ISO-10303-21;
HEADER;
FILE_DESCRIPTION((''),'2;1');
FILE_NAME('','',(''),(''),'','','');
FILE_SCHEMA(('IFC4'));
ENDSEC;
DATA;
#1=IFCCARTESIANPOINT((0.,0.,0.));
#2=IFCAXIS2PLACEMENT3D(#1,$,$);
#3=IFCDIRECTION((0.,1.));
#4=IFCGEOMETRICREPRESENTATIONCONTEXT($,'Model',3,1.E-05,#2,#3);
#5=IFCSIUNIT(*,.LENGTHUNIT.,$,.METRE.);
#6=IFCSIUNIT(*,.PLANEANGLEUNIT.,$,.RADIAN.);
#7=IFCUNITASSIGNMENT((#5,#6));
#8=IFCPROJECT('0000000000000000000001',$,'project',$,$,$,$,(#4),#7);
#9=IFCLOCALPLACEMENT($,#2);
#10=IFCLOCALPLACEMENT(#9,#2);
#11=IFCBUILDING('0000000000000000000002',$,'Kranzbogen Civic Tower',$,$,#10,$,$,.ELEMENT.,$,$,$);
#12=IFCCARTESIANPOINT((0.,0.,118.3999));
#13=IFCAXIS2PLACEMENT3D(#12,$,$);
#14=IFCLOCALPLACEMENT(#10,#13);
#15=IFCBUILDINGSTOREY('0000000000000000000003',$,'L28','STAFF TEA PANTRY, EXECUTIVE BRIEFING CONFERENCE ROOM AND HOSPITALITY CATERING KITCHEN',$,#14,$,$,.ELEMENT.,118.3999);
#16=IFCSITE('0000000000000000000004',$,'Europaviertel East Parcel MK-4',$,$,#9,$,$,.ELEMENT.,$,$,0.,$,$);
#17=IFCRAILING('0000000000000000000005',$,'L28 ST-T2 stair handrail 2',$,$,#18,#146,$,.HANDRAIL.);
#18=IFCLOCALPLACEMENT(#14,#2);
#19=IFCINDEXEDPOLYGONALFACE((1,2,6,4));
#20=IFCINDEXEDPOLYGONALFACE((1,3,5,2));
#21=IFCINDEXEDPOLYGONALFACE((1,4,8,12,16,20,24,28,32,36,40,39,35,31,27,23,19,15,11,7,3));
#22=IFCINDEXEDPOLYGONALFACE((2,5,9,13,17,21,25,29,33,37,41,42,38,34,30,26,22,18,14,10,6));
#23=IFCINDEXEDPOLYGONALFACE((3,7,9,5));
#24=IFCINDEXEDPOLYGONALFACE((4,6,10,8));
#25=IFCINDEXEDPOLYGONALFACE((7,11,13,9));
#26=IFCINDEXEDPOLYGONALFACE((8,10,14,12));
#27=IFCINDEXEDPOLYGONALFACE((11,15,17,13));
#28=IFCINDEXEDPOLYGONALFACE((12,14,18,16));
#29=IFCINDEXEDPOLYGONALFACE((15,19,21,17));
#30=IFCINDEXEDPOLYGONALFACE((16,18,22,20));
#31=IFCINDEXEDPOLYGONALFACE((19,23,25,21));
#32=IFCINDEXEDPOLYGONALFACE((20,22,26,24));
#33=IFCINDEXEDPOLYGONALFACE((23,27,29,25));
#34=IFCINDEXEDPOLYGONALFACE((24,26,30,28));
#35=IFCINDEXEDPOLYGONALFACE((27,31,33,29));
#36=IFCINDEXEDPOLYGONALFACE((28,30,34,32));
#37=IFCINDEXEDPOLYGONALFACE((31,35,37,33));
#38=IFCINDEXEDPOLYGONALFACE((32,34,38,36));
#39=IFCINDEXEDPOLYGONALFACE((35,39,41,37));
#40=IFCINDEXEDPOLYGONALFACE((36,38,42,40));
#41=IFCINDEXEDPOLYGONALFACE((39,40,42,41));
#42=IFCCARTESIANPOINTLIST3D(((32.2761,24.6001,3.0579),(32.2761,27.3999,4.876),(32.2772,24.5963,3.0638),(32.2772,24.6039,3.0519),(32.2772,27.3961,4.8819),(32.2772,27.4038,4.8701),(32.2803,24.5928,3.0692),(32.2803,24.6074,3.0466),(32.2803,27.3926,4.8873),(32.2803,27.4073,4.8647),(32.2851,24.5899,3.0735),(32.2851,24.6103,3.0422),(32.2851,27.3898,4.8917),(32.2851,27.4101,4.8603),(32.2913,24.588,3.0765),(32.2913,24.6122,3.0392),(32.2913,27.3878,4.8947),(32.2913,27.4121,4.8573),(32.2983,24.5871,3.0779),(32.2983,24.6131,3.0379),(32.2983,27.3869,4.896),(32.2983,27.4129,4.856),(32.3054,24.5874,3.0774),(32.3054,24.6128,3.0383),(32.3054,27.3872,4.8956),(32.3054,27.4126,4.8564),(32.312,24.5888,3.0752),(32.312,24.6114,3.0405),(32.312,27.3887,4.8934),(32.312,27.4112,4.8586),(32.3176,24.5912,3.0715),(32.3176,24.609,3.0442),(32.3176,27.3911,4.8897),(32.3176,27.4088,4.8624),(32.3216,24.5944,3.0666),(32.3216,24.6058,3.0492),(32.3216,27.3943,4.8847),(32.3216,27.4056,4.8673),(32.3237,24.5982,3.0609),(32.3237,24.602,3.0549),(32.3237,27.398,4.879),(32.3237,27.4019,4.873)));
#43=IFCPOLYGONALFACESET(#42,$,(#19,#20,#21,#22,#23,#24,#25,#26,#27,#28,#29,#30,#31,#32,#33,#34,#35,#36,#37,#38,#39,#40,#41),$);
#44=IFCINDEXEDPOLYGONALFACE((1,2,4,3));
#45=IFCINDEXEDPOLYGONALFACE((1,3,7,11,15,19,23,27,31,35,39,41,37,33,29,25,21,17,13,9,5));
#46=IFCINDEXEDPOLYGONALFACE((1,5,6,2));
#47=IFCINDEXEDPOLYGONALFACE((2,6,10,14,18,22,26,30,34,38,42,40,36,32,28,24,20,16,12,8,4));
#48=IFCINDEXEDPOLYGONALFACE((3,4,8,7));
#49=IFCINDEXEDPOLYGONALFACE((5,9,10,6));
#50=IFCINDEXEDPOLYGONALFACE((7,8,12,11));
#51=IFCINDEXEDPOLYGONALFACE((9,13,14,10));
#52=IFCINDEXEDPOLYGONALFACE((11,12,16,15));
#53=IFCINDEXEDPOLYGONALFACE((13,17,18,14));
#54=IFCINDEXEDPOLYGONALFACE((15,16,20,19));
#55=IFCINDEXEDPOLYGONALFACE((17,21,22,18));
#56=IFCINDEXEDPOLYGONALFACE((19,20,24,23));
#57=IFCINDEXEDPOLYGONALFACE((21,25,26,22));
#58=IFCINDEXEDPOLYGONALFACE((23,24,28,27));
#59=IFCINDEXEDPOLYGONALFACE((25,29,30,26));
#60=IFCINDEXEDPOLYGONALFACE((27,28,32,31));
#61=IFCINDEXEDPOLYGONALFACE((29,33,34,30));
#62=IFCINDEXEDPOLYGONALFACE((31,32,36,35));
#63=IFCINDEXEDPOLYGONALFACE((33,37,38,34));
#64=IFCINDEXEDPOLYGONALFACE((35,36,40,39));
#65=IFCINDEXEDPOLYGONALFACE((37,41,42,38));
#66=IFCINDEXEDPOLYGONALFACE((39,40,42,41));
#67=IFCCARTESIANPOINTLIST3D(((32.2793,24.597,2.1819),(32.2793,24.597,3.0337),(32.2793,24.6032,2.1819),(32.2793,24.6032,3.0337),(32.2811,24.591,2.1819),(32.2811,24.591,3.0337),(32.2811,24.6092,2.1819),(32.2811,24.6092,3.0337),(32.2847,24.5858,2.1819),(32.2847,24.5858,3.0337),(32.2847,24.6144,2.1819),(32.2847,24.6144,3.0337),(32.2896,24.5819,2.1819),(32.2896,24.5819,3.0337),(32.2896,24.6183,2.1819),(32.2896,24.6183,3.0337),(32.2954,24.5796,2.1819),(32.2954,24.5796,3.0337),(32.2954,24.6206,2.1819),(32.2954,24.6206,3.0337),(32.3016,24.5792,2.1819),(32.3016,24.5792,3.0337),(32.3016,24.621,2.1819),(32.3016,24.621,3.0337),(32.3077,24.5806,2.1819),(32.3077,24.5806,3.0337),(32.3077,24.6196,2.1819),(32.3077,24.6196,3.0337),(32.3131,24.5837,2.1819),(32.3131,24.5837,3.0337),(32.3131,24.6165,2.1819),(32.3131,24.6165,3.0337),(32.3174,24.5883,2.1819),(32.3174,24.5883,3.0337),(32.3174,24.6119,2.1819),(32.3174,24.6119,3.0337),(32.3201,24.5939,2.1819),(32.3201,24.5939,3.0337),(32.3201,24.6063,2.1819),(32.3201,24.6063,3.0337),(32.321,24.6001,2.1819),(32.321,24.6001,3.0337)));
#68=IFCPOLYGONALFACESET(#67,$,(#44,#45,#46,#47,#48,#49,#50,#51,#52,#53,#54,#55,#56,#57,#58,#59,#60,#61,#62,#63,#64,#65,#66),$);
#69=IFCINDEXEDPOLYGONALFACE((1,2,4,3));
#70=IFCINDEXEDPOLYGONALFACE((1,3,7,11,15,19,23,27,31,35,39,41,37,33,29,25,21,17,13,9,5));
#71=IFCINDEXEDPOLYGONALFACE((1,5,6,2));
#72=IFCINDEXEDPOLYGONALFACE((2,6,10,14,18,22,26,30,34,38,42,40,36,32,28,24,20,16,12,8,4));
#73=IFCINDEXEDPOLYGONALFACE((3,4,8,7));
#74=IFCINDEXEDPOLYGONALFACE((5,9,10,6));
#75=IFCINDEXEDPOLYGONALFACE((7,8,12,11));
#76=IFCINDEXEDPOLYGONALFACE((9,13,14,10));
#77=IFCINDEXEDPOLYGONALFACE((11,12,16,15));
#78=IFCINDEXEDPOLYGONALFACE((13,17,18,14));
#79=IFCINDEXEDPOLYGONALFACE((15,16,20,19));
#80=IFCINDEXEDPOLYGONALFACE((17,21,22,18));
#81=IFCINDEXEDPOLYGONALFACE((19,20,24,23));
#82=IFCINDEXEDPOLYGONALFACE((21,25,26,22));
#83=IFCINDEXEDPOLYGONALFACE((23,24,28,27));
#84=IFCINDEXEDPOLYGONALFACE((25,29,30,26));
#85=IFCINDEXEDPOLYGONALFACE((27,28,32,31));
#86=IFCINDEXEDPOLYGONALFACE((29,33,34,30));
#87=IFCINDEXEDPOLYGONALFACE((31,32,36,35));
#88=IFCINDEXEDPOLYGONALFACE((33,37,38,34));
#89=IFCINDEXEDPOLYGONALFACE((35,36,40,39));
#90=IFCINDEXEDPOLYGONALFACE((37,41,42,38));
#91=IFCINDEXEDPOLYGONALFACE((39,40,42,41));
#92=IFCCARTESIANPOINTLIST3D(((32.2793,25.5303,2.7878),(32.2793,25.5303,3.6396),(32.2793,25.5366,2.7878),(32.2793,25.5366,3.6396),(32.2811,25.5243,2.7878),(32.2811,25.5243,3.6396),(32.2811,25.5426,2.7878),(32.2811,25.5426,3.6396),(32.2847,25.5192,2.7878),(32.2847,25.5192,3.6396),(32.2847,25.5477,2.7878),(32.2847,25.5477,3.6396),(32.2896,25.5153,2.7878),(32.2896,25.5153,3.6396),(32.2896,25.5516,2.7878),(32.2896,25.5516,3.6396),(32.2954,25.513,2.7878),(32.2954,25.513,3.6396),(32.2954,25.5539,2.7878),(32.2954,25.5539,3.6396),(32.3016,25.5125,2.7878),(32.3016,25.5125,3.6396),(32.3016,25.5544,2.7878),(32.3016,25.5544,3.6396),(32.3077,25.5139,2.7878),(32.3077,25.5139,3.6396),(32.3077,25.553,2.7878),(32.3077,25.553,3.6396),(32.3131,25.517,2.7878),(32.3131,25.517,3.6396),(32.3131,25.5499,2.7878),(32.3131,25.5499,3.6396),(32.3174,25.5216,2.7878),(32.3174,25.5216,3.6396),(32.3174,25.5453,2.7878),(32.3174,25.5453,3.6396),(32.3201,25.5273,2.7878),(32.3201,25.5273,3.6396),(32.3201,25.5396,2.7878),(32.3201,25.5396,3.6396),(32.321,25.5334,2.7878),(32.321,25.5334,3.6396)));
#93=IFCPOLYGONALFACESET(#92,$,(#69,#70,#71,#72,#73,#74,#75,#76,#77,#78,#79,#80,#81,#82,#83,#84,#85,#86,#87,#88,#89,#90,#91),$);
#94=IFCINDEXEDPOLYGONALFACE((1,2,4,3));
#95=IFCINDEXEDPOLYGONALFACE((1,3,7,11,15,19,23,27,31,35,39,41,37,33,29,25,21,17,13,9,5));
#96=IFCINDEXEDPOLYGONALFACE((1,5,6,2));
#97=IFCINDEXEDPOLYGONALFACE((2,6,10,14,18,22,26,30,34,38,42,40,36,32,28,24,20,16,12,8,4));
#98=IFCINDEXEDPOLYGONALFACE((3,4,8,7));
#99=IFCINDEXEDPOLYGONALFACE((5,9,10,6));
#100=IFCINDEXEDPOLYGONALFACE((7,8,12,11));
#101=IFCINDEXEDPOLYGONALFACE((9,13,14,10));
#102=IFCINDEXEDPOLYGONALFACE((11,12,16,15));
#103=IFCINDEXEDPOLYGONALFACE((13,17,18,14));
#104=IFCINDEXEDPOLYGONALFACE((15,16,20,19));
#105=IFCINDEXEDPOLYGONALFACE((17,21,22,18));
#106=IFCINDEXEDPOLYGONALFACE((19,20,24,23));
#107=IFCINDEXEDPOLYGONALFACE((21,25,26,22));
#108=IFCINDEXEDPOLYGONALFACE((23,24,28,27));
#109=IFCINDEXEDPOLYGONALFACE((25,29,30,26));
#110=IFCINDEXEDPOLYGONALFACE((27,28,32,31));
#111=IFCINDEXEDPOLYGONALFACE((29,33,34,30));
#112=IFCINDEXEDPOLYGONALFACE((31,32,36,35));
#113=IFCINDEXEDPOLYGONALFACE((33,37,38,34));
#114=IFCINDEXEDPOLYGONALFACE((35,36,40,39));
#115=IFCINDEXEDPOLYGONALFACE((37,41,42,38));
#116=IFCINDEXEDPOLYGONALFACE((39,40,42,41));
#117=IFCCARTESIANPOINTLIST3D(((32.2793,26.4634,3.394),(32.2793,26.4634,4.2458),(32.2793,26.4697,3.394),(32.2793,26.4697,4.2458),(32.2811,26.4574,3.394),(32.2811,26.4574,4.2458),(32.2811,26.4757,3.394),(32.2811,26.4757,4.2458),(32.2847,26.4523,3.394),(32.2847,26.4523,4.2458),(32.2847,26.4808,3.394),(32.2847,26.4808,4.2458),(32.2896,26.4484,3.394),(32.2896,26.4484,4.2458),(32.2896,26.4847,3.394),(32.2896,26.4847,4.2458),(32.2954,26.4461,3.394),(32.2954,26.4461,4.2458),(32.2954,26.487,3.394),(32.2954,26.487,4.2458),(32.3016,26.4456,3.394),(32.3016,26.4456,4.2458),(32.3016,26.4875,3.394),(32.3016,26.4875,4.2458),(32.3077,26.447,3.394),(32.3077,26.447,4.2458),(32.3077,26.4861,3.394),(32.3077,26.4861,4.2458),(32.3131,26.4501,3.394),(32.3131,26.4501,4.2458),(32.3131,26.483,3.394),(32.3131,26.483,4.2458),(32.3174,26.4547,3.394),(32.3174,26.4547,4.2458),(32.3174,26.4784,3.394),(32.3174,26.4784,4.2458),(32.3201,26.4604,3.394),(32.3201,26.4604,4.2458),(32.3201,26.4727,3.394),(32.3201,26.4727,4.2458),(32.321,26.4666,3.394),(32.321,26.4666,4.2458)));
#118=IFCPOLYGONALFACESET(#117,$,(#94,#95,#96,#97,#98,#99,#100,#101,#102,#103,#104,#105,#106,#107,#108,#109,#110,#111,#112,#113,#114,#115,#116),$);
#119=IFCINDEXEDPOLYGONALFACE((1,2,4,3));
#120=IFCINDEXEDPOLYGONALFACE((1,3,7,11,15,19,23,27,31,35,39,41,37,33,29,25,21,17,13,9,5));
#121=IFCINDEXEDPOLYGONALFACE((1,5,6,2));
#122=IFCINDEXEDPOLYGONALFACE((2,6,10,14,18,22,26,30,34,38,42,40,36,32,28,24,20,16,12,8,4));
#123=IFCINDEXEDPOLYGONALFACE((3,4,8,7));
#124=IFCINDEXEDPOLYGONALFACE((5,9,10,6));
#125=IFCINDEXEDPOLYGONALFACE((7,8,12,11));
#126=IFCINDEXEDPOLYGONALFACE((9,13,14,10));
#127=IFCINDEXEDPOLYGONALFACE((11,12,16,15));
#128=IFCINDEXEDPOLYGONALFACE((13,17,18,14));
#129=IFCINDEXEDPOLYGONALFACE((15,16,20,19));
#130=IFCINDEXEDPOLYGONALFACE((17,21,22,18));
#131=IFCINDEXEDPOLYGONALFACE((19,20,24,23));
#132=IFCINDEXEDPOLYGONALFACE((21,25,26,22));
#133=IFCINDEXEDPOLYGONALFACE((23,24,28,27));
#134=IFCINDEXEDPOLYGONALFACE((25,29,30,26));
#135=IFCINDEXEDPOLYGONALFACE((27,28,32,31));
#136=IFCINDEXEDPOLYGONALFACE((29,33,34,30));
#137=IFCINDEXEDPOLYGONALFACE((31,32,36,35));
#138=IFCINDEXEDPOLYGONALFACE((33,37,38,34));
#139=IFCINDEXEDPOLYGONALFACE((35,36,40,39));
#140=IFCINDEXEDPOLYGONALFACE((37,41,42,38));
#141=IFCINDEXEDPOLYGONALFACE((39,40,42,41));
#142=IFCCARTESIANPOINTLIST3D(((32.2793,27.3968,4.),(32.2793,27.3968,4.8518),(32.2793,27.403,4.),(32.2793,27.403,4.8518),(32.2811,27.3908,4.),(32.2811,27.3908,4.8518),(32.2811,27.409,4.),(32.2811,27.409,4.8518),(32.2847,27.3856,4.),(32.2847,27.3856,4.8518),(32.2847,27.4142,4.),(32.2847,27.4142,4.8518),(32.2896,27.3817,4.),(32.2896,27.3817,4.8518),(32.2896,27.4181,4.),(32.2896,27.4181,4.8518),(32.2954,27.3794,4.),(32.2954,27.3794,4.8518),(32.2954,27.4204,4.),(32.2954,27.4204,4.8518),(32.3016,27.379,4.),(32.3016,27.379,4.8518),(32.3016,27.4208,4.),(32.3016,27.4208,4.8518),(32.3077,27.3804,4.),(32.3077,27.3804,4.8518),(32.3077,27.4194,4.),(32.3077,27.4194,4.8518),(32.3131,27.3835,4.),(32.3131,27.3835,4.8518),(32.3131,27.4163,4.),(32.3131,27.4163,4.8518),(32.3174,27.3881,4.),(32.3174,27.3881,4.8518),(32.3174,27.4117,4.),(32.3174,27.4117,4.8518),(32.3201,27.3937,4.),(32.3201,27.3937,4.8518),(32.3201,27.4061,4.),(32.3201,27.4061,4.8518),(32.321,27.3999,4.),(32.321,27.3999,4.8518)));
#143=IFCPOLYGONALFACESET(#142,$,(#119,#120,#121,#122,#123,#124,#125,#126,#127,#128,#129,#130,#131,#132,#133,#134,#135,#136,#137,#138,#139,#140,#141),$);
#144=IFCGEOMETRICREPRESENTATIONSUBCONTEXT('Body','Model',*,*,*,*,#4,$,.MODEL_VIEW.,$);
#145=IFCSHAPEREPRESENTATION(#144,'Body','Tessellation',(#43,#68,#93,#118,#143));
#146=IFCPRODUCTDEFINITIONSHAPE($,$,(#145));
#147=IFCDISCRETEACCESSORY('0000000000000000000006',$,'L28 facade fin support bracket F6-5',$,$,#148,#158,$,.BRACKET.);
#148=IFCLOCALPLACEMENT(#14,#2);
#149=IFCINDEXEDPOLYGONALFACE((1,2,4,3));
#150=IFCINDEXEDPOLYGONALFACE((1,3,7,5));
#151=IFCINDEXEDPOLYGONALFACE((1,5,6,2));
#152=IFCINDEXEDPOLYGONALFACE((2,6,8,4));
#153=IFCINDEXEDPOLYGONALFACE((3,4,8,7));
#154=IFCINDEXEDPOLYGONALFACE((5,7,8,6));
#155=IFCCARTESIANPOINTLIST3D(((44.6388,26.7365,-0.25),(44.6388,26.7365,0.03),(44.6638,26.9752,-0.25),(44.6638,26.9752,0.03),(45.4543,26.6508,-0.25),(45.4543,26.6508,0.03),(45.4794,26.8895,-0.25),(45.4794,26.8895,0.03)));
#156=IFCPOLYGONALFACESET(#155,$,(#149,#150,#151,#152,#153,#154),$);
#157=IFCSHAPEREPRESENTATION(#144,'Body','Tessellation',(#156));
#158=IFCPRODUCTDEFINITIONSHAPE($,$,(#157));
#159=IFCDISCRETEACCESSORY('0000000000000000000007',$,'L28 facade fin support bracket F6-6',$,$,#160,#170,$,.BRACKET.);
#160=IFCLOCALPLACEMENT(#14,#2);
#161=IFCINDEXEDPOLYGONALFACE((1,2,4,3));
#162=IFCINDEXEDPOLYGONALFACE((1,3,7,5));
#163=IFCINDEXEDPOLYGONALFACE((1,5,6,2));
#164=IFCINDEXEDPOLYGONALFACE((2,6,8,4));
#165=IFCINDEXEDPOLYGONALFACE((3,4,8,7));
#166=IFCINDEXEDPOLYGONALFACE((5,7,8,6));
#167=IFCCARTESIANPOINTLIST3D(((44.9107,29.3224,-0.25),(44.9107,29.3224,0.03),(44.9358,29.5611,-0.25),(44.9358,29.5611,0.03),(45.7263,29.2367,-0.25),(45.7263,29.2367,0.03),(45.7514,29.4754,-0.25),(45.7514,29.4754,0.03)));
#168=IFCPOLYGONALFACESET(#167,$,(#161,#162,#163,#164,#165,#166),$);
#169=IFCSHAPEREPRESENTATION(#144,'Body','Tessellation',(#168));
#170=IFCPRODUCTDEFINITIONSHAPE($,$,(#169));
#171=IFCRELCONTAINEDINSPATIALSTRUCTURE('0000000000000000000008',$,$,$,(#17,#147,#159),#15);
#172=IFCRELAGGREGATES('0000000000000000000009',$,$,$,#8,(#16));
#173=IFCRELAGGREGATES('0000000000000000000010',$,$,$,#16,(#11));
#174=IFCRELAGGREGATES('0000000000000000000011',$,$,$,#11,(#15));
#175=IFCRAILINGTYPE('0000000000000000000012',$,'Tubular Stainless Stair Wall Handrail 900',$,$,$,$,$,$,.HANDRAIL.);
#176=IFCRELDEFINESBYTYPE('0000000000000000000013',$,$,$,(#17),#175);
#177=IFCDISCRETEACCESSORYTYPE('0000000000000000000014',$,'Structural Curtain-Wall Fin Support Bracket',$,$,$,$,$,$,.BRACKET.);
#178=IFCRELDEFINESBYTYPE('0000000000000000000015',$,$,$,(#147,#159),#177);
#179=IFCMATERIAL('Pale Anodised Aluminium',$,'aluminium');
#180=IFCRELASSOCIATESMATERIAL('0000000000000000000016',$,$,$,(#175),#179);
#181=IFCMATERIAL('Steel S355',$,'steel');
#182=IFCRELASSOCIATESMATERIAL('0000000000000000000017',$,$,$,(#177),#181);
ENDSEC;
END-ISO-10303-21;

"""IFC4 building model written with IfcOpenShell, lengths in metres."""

from ifc_helpers import new_model, si_unit, direction, frame, origin, origin_2d, place, context, subcontext, project, spatial, rectangle, circle, extrude, material, type_object, element, save


model = new_model("IFC4")

# Units and contexts
model_context = context("Model", 3, precision=1e-05, world=origin(), true_north=direction((0.0, 1.0)))
body_context = subcontext(model_context, "Body", "Model", "MODEL_VIEW")
ifc_project = project(units=[si_unit("LENGTHUNIT", "METRE"), si_unit("PLANEANGLEUNIT", "RADIAN")], contexts=[model_context])

# Site, building, storey
site_placement = place(None, origin())
site = spatial("IfcSite", under=ifc_project, at=site_placement, Name="Europaviertel East Parcel MK-4", CompositionType="ELEMENT", RefElevation=0.0)
building_placement = place(site_placement, origin())
building = spatial("IfcBuilding", under=site, at=building_placement, Name="Kranzbogen Civic Tower", CompositionType="ELEMENT")
storey_placement = place(building_placement, frame((0.0, 0.0, 118.3999)))
storey = spatial("IfcBuildingStorey", under=building, at=storey_placement, Name="L28", Description="STAFF TEA PANTRY, EXECUTIVE BRIEFING CONFERENCE ROOM AND HOSPITALITY CATERING KITCHEN", CompositionType="ELEMENT", Elevation=118.3999)

# Shared definitions
ifc_material_1 = material(Name="Pale Anodised Aluminium", Category="aluminium")

# Shared definitions
ifc_material_2 = material(Name="Steel S355", Category="steel")

# Railing
railing_type_1 = type_object("IfcRailingType", Name="Tubular Stainless Stair Wall Handrail 900", PredefinedType="HANDRAIL", material=ifc_material_1)
railing_1_placement = place(storey_placement, frame((32.3, 24.6001, 2.1819)))
element("IfcRailing", 1, at=railing_1_placement, inside=storey, type_object=railing_type_1, Name="L28 ST-T2 stair handrail 2", PredefinedType="HANDRAIL", context=body_context, shape_type="SweptSolid", body=[
    extrude(circle(Radius=0.0239, at=origin_2d()), frame((0.0, 0.0, 0.876), z_axis=(0.0, 0.838684, 0.544618), x_axis=(-1.0, 0.0, 0.0)), (0.0, 0.0, 1.0), 3.3384),
    extrude(circle(Radius=0.021, at=origin_2d()), origin(), (0.0, 0.0, 1.0), 0.8518),
    extrude(circle(Radius=0.021, at=origin_2d()), frame((0.0, 0.9333, 0.606)), (0.0, 0.0, 1.0), 0.8518),
    extrude(circle(Radius=0.021, at=origin_2d()), frame((0.0, 1.8665, 1.2122)), (0.0, 0.0, 1.0), 0.8518),
    extrude(circle(Radius=0.021, at=origin_2d()), frame((0.0, 2.7998, 1.8181)), (0.0, 0.0, 1.0), 0.8518),
])

# Discrete accessories
discrete_accessory_type = type_object("IfcDiscreteAccessoryType", Name="Structural Curtain-Wall Fin Support Bracket", PredefinedType="BRACKET", material=ifc_material_2)
for number, where, z_axis, x_axis, name in (
    (2, (45.0591, 26.813, -0.25), (0.0, 0.0, 1.0), (0.994522, -0.104528, 0.0), "L28 facade fin support bracket F6-5"),
    (3, (45.3311, 29.3989, -0.25), (0.0, 0.0, 1.0), (0.994522, -0.104528, 0.0), "L28 facade fin support bracket F6-6"),
):
    element("IfcDiscreteAccessory", number, at=place(storey_placement, frame(where, z_axis=z_axis, x_axis=x_axis)), inside=storey, type_object=discrete_accessory_type, Name=name, PredefinedType="BRACKET", context=body_context, shape_type="SweptSolid", body=[
        extrude(rectangle(XDim=0.8201, YDim=0.24, at=origin_2d()), origin(), (0.0, 0.0, 1.0), 0.28),
    ])

save(model, "model.ifc")
